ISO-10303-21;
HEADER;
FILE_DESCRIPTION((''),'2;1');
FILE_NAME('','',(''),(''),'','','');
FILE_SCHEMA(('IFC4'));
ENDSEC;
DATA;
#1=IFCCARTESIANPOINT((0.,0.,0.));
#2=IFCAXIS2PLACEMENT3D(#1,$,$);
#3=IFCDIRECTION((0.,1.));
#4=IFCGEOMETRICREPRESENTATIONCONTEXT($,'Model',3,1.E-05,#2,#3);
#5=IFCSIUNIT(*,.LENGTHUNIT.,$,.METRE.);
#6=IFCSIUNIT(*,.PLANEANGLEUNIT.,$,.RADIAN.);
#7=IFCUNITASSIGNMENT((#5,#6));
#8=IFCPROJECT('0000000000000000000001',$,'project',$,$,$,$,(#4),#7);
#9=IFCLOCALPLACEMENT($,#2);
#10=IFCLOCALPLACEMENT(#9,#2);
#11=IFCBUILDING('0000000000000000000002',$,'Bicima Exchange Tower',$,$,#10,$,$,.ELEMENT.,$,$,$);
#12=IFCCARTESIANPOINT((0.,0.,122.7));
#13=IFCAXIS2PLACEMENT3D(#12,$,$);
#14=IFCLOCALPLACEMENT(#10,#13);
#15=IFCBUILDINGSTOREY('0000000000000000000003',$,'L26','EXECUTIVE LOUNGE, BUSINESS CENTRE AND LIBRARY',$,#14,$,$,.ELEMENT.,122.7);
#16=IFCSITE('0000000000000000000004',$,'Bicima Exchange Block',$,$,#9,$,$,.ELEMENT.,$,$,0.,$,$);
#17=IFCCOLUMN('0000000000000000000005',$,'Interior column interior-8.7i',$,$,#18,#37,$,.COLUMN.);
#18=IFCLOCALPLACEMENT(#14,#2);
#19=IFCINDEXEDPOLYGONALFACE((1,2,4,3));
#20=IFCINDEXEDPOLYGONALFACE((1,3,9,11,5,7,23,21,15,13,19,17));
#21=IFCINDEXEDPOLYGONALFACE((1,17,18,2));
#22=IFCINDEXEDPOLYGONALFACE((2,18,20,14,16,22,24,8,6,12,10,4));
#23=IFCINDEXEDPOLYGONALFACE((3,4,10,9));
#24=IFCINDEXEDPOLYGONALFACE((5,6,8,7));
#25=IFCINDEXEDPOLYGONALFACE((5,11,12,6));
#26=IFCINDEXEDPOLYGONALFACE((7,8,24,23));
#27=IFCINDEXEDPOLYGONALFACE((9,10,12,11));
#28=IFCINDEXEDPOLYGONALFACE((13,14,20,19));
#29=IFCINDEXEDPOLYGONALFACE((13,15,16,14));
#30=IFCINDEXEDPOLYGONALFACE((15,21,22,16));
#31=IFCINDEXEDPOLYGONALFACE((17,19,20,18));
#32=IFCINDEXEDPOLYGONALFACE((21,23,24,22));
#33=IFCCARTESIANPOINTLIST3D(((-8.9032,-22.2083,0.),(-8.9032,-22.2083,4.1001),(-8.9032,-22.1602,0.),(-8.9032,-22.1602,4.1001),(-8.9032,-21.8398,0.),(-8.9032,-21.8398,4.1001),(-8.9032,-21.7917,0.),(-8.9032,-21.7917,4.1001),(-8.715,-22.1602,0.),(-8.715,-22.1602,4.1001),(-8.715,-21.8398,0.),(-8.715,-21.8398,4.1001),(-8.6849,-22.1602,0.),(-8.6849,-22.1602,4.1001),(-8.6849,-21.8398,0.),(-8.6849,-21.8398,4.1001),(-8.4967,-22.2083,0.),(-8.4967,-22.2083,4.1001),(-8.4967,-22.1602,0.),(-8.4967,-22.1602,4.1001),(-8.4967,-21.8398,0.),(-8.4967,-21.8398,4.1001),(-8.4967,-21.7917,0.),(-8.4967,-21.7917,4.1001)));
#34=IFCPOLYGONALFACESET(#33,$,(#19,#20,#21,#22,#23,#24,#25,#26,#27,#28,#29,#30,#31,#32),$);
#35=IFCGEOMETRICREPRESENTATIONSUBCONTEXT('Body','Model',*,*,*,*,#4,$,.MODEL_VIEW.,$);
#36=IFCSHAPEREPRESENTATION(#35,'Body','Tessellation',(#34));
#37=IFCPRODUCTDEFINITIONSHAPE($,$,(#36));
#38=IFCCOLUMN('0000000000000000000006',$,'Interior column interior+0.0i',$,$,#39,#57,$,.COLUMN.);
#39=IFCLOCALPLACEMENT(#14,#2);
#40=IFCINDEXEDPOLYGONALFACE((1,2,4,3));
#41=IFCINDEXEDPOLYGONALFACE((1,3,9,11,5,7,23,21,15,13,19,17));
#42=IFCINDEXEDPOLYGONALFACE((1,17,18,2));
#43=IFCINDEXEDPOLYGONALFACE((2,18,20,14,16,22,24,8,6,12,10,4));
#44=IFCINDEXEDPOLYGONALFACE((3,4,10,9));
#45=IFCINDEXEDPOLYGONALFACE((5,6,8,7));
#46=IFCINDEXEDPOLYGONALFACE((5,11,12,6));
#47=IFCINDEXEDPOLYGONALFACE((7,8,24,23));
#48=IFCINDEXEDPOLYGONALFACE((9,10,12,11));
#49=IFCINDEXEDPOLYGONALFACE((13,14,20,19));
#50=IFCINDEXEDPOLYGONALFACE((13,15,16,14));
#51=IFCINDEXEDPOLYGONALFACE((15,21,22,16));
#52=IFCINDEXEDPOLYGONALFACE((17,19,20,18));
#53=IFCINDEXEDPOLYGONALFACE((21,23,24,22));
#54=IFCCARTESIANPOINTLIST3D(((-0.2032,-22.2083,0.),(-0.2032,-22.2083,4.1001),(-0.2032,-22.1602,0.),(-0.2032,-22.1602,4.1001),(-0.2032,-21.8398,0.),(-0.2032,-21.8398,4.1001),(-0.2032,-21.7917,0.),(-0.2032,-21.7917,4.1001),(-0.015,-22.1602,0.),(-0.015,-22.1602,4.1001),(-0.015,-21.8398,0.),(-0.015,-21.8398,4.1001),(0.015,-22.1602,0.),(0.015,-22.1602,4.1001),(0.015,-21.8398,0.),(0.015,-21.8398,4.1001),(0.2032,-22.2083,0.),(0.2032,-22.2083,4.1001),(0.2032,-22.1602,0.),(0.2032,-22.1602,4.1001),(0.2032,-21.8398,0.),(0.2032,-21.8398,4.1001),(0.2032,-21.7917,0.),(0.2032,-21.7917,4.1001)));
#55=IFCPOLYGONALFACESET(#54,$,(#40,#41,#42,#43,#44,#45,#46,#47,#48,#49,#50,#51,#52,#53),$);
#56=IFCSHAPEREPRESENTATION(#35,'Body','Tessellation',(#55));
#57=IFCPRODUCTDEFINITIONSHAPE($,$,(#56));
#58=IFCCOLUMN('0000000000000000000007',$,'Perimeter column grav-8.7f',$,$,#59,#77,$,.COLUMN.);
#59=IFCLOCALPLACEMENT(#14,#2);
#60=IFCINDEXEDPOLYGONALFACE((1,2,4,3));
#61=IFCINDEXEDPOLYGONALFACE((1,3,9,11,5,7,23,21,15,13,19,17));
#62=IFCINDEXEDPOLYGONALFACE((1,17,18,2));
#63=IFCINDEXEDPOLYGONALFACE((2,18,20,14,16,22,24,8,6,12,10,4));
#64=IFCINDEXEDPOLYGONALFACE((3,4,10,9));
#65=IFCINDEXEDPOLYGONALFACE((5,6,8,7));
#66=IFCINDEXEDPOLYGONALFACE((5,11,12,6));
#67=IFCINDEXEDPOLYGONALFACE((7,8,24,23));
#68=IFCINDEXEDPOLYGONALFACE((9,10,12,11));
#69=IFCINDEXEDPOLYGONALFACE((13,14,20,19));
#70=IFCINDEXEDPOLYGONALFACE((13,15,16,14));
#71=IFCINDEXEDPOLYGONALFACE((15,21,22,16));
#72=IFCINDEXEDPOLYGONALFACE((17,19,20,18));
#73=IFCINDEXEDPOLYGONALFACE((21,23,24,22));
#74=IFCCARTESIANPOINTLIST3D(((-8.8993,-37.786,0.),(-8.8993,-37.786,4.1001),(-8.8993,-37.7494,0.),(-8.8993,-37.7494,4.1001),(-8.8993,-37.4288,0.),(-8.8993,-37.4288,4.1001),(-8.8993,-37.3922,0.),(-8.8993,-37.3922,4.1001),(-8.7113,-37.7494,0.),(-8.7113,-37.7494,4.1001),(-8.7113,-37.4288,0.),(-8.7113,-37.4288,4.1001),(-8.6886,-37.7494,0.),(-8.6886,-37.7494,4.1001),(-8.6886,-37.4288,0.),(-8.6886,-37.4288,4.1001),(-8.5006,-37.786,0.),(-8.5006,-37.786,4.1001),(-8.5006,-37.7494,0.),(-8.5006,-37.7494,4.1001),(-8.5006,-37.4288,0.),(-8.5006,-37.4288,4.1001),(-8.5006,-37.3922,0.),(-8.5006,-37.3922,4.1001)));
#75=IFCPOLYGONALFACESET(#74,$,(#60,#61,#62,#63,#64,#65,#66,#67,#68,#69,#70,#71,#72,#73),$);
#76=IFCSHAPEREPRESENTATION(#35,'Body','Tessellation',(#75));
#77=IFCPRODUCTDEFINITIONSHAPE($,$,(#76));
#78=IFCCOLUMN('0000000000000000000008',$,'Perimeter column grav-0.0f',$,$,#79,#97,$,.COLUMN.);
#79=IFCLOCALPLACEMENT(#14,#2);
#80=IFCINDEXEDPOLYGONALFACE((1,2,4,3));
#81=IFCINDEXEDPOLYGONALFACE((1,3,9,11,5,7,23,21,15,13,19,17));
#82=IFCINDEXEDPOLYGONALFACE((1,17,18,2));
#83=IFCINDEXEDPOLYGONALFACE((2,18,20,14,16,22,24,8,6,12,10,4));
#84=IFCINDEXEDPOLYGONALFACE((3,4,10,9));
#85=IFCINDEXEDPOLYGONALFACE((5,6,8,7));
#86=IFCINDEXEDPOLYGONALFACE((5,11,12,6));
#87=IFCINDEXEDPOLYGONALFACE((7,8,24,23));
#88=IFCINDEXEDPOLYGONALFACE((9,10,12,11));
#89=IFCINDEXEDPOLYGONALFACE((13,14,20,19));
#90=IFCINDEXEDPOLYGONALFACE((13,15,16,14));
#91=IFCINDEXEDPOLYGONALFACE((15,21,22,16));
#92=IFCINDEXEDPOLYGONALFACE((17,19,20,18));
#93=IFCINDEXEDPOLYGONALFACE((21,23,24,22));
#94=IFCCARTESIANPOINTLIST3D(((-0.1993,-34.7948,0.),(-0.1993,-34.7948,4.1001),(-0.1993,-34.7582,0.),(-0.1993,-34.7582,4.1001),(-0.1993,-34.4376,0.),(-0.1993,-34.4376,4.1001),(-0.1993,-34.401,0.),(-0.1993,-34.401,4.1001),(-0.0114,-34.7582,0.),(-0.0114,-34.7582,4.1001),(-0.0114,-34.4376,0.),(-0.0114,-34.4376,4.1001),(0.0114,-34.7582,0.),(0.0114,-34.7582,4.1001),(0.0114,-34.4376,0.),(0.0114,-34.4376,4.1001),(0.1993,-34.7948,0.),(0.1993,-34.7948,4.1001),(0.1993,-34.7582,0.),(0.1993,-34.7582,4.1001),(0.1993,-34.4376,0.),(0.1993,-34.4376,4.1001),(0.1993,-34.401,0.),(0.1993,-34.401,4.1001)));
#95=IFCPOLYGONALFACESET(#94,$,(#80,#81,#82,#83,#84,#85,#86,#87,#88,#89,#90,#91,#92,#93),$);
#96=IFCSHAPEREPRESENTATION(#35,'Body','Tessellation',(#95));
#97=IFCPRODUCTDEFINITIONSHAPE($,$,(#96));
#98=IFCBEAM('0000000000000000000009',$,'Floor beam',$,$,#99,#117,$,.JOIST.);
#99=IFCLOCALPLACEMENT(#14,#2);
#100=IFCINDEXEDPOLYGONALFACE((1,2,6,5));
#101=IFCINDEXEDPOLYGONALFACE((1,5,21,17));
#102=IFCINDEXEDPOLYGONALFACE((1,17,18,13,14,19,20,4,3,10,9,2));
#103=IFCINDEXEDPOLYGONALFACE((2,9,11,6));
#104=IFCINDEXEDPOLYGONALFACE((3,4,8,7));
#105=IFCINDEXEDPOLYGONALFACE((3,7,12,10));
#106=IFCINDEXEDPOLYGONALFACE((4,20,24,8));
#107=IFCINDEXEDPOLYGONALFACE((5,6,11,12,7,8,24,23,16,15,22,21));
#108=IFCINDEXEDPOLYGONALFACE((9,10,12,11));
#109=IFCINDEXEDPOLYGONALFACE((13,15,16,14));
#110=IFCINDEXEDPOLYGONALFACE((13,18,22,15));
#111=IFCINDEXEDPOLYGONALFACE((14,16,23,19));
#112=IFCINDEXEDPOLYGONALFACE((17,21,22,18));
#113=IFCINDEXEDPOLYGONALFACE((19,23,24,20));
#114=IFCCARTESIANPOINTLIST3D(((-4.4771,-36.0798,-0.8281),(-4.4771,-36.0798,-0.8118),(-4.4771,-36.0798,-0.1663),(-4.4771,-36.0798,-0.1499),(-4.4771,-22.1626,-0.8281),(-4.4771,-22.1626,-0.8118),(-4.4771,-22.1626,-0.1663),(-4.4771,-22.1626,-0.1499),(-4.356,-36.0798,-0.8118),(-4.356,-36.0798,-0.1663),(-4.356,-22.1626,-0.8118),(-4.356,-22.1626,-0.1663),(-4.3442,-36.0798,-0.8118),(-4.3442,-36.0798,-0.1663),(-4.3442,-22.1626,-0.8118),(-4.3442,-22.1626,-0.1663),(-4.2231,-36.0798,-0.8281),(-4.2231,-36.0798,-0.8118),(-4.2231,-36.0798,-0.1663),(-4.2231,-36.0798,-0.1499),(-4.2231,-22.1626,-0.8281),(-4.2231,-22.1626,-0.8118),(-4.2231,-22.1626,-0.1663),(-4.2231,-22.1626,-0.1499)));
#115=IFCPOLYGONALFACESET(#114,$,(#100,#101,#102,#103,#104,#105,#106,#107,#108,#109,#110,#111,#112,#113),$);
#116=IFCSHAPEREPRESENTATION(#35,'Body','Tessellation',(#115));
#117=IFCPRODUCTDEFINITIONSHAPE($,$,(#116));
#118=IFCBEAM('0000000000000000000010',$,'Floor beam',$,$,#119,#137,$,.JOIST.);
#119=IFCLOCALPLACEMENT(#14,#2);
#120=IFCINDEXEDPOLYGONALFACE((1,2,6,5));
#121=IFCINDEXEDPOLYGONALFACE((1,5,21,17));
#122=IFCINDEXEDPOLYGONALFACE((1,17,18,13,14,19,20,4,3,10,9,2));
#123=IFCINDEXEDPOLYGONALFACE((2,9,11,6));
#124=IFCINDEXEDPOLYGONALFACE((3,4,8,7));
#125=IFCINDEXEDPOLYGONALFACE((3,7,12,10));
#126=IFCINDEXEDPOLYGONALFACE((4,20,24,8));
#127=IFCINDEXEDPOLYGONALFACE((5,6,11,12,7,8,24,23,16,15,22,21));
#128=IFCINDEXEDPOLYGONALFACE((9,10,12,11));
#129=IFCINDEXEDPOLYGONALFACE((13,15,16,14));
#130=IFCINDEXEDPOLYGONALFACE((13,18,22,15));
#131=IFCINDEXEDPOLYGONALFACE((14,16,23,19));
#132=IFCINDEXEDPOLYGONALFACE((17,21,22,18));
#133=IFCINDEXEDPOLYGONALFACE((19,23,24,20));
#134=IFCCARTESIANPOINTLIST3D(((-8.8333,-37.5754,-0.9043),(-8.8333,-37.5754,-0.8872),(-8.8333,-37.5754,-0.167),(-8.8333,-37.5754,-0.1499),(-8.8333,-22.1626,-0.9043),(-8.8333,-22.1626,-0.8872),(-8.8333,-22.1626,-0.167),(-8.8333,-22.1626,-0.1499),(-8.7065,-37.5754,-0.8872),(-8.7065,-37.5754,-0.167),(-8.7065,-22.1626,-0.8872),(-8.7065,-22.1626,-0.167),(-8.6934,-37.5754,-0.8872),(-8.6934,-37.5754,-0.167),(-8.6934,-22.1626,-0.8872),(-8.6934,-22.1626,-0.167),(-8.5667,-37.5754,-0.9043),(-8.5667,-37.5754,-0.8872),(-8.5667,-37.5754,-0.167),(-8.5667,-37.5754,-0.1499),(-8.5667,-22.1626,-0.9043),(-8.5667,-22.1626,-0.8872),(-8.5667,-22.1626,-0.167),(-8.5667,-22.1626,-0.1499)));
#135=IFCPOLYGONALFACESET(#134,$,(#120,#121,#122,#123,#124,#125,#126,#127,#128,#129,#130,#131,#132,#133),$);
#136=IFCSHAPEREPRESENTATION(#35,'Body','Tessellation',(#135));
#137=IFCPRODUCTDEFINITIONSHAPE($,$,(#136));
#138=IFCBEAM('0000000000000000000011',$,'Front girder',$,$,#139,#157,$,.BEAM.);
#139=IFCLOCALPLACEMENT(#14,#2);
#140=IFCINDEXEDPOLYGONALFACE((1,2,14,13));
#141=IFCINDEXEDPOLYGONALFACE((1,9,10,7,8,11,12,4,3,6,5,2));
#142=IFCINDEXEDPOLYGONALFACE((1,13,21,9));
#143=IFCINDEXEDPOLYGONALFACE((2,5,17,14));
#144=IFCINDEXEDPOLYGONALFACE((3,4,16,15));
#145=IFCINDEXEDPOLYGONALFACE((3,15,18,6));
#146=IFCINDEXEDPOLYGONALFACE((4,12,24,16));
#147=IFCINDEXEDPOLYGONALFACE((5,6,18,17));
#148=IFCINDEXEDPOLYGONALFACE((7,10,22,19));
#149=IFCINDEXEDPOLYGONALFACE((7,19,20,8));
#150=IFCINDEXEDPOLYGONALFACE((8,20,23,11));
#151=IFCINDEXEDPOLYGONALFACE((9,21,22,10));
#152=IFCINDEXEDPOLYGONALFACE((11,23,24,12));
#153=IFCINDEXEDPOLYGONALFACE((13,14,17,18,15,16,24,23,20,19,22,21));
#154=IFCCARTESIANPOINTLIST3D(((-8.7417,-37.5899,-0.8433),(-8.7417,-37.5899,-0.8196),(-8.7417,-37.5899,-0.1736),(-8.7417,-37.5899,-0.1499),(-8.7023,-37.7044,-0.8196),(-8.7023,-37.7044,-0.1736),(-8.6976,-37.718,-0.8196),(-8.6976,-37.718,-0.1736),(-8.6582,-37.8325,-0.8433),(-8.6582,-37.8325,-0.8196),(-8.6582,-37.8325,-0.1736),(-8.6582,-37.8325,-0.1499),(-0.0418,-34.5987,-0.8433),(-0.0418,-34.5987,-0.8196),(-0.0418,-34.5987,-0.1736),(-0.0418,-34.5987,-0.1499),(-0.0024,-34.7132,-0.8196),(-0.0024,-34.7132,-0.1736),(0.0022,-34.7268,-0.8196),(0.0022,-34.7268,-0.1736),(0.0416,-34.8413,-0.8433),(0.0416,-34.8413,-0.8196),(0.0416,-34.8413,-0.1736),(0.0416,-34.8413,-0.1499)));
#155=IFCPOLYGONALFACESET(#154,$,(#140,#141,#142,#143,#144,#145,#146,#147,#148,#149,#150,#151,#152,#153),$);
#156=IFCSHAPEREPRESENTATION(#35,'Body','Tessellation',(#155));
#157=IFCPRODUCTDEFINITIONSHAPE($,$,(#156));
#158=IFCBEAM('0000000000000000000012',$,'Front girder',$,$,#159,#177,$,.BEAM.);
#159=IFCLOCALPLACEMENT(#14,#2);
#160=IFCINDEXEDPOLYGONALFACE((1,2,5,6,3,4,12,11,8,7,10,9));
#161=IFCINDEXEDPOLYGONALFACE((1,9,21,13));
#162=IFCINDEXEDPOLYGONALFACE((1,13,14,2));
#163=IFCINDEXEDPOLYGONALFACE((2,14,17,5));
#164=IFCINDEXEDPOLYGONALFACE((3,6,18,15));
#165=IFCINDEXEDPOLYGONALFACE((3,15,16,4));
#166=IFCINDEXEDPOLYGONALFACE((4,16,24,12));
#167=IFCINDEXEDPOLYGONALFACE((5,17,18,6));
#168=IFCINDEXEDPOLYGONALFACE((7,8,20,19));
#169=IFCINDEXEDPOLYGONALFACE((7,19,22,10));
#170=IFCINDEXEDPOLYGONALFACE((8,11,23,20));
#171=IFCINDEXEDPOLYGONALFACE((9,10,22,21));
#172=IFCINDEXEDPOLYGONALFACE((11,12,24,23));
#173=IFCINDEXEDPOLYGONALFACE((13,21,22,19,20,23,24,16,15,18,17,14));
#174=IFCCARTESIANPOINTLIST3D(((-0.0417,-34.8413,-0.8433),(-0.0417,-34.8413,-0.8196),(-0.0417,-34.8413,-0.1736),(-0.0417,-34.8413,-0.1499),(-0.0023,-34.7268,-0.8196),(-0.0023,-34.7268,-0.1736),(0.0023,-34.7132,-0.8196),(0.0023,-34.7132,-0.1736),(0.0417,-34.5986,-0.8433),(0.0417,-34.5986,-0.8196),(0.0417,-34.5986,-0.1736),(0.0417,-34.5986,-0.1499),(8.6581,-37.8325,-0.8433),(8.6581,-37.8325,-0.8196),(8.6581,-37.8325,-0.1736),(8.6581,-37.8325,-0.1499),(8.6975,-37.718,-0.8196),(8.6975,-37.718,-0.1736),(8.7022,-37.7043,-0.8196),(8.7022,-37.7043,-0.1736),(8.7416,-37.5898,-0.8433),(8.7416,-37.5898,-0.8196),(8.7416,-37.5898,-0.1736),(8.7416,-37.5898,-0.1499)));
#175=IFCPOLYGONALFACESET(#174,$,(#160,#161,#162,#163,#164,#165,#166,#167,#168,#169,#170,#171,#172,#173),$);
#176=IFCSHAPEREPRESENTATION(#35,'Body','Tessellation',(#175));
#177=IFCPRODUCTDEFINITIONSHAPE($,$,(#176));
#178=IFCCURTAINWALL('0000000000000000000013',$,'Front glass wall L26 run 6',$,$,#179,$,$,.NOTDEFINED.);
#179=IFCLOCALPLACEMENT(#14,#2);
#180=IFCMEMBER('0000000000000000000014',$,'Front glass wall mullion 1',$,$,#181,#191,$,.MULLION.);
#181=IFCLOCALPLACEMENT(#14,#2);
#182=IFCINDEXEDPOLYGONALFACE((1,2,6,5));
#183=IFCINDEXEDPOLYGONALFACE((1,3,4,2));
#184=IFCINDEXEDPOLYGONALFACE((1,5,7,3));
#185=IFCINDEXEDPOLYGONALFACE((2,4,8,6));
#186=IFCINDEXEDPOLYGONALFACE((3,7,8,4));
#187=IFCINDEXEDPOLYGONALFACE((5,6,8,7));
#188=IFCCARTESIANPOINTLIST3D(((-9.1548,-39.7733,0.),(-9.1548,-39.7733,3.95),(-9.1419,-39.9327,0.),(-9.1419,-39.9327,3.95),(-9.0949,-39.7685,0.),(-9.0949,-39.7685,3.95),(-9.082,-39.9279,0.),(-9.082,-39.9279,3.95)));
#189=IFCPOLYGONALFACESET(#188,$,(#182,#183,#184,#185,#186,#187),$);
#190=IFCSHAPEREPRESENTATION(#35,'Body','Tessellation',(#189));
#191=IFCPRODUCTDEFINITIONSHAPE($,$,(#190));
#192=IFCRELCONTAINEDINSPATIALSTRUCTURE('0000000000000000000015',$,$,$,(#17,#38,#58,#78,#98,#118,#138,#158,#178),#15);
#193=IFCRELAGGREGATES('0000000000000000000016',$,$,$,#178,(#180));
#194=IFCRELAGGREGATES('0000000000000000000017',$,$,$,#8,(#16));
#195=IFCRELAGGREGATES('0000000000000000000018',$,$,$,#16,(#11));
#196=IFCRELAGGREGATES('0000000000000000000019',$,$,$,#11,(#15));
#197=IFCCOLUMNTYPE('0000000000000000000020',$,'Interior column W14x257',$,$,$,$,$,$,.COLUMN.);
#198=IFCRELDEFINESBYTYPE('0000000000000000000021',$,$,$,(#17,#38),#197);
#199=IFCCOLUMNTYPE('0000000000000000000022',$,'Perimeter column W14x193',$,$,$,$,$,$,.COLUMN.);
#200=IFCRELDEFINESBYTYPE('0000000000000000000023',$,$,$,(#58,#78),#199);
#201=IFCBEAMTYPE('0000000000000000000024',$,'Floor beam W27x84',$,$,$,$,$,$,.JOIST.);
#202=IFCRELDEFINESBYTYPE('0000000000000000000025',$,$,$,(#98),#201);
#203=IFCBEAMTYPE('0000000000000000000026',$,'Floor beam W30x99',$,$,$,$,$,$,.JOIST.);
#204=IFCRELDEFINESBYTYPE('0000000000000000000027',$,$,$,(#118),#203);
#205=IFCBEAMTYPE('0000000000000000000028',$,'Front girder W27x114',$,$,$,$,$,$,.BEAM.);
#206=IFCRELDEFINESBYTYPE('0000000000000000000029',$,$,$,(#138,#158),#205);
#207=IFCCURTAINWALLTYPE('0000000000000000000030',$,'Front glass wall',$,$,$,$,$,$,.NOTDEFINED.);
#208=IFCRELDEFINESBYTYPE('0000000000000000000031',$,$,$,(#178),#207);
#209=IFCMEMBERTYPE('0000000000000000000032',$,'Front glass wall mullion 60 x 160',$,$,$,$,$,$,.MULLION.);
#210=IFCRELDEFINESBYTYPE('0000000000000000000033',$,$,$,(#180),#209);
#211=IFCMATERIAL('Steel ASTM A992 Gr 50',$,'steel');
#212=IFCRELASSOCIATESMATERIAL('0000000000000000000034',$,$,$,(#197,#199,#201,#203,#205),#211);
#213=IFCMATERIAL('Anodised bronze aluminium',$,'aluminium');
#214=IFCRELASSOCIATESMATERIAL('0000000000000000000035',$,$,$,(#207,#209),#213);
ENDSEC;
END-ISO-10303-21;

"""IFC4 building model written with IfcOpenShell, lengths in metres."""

from ifc_helpers import new_model, si_unit, direction, frame, origin, origin_2d, place, context, subcontext, project, spatial, rectangle, i_section, extrude, material, material_profile, profile_set, type_object, element, aggregate, save


model = new_model("IFC4")

# Units and contexts
model_context = context("Model", 3, precision=1e-05, world=origin(), true_north=direction((0.0, 1.0)))
body_context = subcontext(model_context, "Body", "Model", "MODEL_VIEW")
ifc_project = project(units=[si_unit("LENGTHUNIT", "METRE"), si_unit("PLANEANGLEUNIT", "RADIAN")], contexts=[model_context])

# Site, building, storey
site_placement = place(None, origin())
site = spatial("IfcSite", under=ifc_project, at=site_placement, Name="Bicima Exchange Block", CompositionType="ELEMENT", RefElevation=0.0)
building_placement = place(site_placement, origin())
building = spatial("IfcBuilding", under=site, at=building_placement, Name="Bicima Exchange Tower", CompositionType="ELEMENT")
storey_placement = place(building_placement, frame((0.0, 0.0, 122.7)))
storey = spatial("IfcBuildingStorey", under=building, at=storey_placement, Name="L26", Description="EXECUTIVE LOUNGE, BUSINESS CENTRE AND LIBRARY", CompositionType="ELEMENT", Elevation=122.7)

# Columns
ifc_material_1 = material(Name="Steel ASTM A992 Gr 50", Category="steel")
ifc_material_profile_1 = material_profile(ifc_material_1, i_section(OverallWidth=0.4065, OverallDepth=0.4165, WebThickness=0.03, FlangeThickness=0.0481, at=origin_2d()))
ifc_profile_set_1 = profile_set([ifc_material_profile_1], Name="Steel ASTM A992 Gr 50")
column_type_1 = type_object("IfcColumnType", Name="Interior column W14x257", PredefinedType="COLUMN", material=ifc_profile_set_1)
for number, where, z_axis, x_axis, name in (
    (1, (-8.7, -22.0, 0.0), (0.0, 0.0, 1.0), (1.0, 0.0, 0.0), "Interior column interior-8.7i"),
    (2, (0.0, -22.0, 0.0), (0.0, 0.0, 1.0), (1.0, 0.0, 0.0), "Interior column interior+0.0i"),
):
    element("IfcColumn", number, at=place(storey_placement, frame(where, z_axis=z_axis, x_axis=x_axis)), inside=storey, type_object=column_type_1, Name=name, PredefinedType="COLUMN", context=body_context, shape_type="SweptSolid", body=[
        extrude(i_section(OverallWidth=0.4065, OverallDepth=0.4165, WebThickness=0.03, FlangeThickness=0.0481, at=origin_2d()), origin(), (0.0, 0.0, 1.0), 4.1001),
    ])
ifc_material_profile_2 = material_profile(ifc_material_1, i_section(OverallWidth=0.3987, OverallDepth=0.3938, WebThickness=0.0227, FlangeThickness=0.0366, at=origin_2d()))
ifc_profile_set_2 = profile_set([ifc_material_profile_2], Name="Steel ASTM A992 Gr 50")
column_type_2 = type_object("IfcColumnType", Name="Perimeter column W14x193", PredefinedType="COLUMN", material=ifc_profile_set_2)
for number, where, z_axis, x_axis, name in (
    (3, (-8.7, -37.5891, 0.0), (0.0, 0.0, 1.0), (1.0, 0.0, 0.0), "Perimeter column grav-8.7f"),
    (4, (0.0, -34.5979, 0.0), (0.0, 0.0, 1.0), (1.0, 0.0, 0.0), "Perimeter column grav-0.0f"),
):
    element("IfcColumn", number, at=place(storey_placement, frame(where, z_axis=z_axis, x_axis=x_axis)), inside=storey, type_object=column_type_2, Name=name, PredefinedType="COLUMN", context=body_context, shape_type="SweptSolid", body=[
        extrude(i_section(OverallWidth=0.3987, OverallDepth=0.3938, WebThickness=0.0227, FlangeThickness=0.0366, at=origin_2d()), origin(), (0.0, 0.0, 1.0), 4.1001),
    ])

# Beams
ifc_material_profile_3 = material_profile(ifc_material_1, i_section(OverallWidth=0.2539, OverallDepth=0.6782, WebThickness=0.0117, FlangeThickness=0.0164, at=origin_2d()))
ifc_profile_set_3 = profile_set([ifc_material_profile_3], Name="Steel ASTM A992 Gr 50")
beam_type_1 = type_object("IfcBeamType", Name="Floor beam W27x84", PredefinedType="JOIST", material=ifc_profile_set_3)
beam_1_placement = place(storey_placement, frame((-4.3501, -22.1626, -0.489), z_axis=(0.0, -1.0, 0.0), x_axis=(1.0, 0.0, 0.0)))
element("IfcBeam", 5, at=beam_1_placement, inside=storey, type_object=beam_type_1, Name="Floor beam", PredefinedType="JOIST", context=body_context, shape_type="SweptSolid", body=[
    extrude(i_section(OverallWidth=0.2539, OverallDepth=0.6782, WebThickness=0.0117, FlangeThickness=0.0164, at=origin_2d()), origin(), (0.0, 0.0, 1.0), 13.9172),
])
ifc_material_profile_4 = material_profile(ifc_material_1, i_section(OverallWidth=0.2666, OverallDepth=0.7544, WebThickness=0.0132, FlangeThickness=0.0171, at=origin_2d()))
ifc_profile_set_4 = profile_set([ifc_material_profile_4], Name="Steel ASTM A992 Gr 50")
beam_type_2 = type_object("IfcBeamType", Name="Floor beam W30x99", PredefinedType="JOIST", material=ifc_profile_set_4)
beam_2_placement = place(storey_placement, frame((-8.7, -22.1626, -0.5271), z_axis=(0.0, -1.0, 0.0), x_axis=(1.0, 0.0, 0.0)))
element("IfcBeam", 6, at=beam_2_placement, inside=storey, type_object=beam_type_2, Name="Floor beam", PredefinedType="JOIST", context=body_context, shape_type="SweptSolid", body=[
    extrude(i_section(OverallWidth=0.2666, OverallDepth=0.7544, WebThickness=0.0132, FlangeThickness=0.0171, at=origin_2d()), origin(), (0.0, 0.0, 1.0), 15.4128),
])
ifc_material_profile_5 = material_profile(ifc_material_1, i_section(OverallWidth=0.2566, OverallDepth=0.6934, WebThickness=0.0144, FlangeThickness=0.0237, at=origin_2d()))
ifc_profile_set_5 = profile_set([ifc_material_profile_5], Name="Steel ASTM A992 Gr 50")
beam_type_3 = type_object("IfcBeamType", Name="Front girder W27x114", PredefinedType="BEAM", material=ifc_profile_set_5)
for number, where, z_axis, x_axis, name in (
    (7, (-8.7, -37.7112, -0.4966), (0.945666, 0.325138, 0.0), (-0.325138, 0.945666, 0.0), "Front girder"),
    (8, (0.0, -34.72, -0.4966), (0.945666, -0.325138, 0.0), (0.325138, 0.945666, 0.0), "Front girder"),
):
    element("IfcBeam", number, at=place(storey_placement, frame(where, z_axis=z_axis, x_axis=x_axis)), inside=storey, type_object=beam_type_3, Name=name, PredefinedType="BEAM", context=body_context, shape_type="SweptSolid", body=[
        extrude(i_section(OverallWidth=0.2566, OverallDepth=0.6934, WebThickness=0.0144, FlangeThickness=0.0237, at=origin_2d()), origin(), (0.0, 0.0, 1.0), 9.1997),
    ])

# Curtain wall, member
ifc_material_2 = material(Name="Anodised bronze aluminium", Category="aluminium")
curtain_wall_type = type_object("IfcCurtainWallType", Name="Front glass wall", PredefinedType="NOTDEFINED", material=ifc_material_2)
curtain_wall_placement = place(storey_placement, origin())
curtain_wall = element("IfcCurtainWall", 9, at=curtain_wall_placement, inside=storey, type_object=curtain_wall_type, Name="Front glass wall L26 run 6", PredefinedType="NOTDEFINED")
ifc_material_profile_6 = material_profile(ifc_material_2, rectangle(XDim=0.1599, YDim=0.0601, at=origin_2d()))
ifc_profile_set_6 = profile_set([ifc_material_profile_6], Name="Anodised bronze aluminium")
member_type_1 = type_object("IfcMemberType", Name="Front glass wall mullion 60 x 160", PredefinedType="MULLION", material=ifc_profile_set_6)
member_1_placement = place(storey_placement, frame((-9.1184, -39.8506, 0.0), z_axis=(0.0, 0.0, 1.0), x_axis=(-0.080589, 0.996747, 0.0)))
member_1 = element("IfcMember", 10, at=member_1_placement, type_object=member_type_1, Name="Front glass wall mullion 1", PredefinedType="MULLION", context=body_context, shape_type="SweptSolid", body=[
    extrude(rectangle(XDim=0.1599, YDim=0.0601, at=origin_2d()), origin(), (0.0, 0.0, 1.0), 3.95),
])

aggregate(curtain_wall, [member_1])

save(model, "model.ifc")
